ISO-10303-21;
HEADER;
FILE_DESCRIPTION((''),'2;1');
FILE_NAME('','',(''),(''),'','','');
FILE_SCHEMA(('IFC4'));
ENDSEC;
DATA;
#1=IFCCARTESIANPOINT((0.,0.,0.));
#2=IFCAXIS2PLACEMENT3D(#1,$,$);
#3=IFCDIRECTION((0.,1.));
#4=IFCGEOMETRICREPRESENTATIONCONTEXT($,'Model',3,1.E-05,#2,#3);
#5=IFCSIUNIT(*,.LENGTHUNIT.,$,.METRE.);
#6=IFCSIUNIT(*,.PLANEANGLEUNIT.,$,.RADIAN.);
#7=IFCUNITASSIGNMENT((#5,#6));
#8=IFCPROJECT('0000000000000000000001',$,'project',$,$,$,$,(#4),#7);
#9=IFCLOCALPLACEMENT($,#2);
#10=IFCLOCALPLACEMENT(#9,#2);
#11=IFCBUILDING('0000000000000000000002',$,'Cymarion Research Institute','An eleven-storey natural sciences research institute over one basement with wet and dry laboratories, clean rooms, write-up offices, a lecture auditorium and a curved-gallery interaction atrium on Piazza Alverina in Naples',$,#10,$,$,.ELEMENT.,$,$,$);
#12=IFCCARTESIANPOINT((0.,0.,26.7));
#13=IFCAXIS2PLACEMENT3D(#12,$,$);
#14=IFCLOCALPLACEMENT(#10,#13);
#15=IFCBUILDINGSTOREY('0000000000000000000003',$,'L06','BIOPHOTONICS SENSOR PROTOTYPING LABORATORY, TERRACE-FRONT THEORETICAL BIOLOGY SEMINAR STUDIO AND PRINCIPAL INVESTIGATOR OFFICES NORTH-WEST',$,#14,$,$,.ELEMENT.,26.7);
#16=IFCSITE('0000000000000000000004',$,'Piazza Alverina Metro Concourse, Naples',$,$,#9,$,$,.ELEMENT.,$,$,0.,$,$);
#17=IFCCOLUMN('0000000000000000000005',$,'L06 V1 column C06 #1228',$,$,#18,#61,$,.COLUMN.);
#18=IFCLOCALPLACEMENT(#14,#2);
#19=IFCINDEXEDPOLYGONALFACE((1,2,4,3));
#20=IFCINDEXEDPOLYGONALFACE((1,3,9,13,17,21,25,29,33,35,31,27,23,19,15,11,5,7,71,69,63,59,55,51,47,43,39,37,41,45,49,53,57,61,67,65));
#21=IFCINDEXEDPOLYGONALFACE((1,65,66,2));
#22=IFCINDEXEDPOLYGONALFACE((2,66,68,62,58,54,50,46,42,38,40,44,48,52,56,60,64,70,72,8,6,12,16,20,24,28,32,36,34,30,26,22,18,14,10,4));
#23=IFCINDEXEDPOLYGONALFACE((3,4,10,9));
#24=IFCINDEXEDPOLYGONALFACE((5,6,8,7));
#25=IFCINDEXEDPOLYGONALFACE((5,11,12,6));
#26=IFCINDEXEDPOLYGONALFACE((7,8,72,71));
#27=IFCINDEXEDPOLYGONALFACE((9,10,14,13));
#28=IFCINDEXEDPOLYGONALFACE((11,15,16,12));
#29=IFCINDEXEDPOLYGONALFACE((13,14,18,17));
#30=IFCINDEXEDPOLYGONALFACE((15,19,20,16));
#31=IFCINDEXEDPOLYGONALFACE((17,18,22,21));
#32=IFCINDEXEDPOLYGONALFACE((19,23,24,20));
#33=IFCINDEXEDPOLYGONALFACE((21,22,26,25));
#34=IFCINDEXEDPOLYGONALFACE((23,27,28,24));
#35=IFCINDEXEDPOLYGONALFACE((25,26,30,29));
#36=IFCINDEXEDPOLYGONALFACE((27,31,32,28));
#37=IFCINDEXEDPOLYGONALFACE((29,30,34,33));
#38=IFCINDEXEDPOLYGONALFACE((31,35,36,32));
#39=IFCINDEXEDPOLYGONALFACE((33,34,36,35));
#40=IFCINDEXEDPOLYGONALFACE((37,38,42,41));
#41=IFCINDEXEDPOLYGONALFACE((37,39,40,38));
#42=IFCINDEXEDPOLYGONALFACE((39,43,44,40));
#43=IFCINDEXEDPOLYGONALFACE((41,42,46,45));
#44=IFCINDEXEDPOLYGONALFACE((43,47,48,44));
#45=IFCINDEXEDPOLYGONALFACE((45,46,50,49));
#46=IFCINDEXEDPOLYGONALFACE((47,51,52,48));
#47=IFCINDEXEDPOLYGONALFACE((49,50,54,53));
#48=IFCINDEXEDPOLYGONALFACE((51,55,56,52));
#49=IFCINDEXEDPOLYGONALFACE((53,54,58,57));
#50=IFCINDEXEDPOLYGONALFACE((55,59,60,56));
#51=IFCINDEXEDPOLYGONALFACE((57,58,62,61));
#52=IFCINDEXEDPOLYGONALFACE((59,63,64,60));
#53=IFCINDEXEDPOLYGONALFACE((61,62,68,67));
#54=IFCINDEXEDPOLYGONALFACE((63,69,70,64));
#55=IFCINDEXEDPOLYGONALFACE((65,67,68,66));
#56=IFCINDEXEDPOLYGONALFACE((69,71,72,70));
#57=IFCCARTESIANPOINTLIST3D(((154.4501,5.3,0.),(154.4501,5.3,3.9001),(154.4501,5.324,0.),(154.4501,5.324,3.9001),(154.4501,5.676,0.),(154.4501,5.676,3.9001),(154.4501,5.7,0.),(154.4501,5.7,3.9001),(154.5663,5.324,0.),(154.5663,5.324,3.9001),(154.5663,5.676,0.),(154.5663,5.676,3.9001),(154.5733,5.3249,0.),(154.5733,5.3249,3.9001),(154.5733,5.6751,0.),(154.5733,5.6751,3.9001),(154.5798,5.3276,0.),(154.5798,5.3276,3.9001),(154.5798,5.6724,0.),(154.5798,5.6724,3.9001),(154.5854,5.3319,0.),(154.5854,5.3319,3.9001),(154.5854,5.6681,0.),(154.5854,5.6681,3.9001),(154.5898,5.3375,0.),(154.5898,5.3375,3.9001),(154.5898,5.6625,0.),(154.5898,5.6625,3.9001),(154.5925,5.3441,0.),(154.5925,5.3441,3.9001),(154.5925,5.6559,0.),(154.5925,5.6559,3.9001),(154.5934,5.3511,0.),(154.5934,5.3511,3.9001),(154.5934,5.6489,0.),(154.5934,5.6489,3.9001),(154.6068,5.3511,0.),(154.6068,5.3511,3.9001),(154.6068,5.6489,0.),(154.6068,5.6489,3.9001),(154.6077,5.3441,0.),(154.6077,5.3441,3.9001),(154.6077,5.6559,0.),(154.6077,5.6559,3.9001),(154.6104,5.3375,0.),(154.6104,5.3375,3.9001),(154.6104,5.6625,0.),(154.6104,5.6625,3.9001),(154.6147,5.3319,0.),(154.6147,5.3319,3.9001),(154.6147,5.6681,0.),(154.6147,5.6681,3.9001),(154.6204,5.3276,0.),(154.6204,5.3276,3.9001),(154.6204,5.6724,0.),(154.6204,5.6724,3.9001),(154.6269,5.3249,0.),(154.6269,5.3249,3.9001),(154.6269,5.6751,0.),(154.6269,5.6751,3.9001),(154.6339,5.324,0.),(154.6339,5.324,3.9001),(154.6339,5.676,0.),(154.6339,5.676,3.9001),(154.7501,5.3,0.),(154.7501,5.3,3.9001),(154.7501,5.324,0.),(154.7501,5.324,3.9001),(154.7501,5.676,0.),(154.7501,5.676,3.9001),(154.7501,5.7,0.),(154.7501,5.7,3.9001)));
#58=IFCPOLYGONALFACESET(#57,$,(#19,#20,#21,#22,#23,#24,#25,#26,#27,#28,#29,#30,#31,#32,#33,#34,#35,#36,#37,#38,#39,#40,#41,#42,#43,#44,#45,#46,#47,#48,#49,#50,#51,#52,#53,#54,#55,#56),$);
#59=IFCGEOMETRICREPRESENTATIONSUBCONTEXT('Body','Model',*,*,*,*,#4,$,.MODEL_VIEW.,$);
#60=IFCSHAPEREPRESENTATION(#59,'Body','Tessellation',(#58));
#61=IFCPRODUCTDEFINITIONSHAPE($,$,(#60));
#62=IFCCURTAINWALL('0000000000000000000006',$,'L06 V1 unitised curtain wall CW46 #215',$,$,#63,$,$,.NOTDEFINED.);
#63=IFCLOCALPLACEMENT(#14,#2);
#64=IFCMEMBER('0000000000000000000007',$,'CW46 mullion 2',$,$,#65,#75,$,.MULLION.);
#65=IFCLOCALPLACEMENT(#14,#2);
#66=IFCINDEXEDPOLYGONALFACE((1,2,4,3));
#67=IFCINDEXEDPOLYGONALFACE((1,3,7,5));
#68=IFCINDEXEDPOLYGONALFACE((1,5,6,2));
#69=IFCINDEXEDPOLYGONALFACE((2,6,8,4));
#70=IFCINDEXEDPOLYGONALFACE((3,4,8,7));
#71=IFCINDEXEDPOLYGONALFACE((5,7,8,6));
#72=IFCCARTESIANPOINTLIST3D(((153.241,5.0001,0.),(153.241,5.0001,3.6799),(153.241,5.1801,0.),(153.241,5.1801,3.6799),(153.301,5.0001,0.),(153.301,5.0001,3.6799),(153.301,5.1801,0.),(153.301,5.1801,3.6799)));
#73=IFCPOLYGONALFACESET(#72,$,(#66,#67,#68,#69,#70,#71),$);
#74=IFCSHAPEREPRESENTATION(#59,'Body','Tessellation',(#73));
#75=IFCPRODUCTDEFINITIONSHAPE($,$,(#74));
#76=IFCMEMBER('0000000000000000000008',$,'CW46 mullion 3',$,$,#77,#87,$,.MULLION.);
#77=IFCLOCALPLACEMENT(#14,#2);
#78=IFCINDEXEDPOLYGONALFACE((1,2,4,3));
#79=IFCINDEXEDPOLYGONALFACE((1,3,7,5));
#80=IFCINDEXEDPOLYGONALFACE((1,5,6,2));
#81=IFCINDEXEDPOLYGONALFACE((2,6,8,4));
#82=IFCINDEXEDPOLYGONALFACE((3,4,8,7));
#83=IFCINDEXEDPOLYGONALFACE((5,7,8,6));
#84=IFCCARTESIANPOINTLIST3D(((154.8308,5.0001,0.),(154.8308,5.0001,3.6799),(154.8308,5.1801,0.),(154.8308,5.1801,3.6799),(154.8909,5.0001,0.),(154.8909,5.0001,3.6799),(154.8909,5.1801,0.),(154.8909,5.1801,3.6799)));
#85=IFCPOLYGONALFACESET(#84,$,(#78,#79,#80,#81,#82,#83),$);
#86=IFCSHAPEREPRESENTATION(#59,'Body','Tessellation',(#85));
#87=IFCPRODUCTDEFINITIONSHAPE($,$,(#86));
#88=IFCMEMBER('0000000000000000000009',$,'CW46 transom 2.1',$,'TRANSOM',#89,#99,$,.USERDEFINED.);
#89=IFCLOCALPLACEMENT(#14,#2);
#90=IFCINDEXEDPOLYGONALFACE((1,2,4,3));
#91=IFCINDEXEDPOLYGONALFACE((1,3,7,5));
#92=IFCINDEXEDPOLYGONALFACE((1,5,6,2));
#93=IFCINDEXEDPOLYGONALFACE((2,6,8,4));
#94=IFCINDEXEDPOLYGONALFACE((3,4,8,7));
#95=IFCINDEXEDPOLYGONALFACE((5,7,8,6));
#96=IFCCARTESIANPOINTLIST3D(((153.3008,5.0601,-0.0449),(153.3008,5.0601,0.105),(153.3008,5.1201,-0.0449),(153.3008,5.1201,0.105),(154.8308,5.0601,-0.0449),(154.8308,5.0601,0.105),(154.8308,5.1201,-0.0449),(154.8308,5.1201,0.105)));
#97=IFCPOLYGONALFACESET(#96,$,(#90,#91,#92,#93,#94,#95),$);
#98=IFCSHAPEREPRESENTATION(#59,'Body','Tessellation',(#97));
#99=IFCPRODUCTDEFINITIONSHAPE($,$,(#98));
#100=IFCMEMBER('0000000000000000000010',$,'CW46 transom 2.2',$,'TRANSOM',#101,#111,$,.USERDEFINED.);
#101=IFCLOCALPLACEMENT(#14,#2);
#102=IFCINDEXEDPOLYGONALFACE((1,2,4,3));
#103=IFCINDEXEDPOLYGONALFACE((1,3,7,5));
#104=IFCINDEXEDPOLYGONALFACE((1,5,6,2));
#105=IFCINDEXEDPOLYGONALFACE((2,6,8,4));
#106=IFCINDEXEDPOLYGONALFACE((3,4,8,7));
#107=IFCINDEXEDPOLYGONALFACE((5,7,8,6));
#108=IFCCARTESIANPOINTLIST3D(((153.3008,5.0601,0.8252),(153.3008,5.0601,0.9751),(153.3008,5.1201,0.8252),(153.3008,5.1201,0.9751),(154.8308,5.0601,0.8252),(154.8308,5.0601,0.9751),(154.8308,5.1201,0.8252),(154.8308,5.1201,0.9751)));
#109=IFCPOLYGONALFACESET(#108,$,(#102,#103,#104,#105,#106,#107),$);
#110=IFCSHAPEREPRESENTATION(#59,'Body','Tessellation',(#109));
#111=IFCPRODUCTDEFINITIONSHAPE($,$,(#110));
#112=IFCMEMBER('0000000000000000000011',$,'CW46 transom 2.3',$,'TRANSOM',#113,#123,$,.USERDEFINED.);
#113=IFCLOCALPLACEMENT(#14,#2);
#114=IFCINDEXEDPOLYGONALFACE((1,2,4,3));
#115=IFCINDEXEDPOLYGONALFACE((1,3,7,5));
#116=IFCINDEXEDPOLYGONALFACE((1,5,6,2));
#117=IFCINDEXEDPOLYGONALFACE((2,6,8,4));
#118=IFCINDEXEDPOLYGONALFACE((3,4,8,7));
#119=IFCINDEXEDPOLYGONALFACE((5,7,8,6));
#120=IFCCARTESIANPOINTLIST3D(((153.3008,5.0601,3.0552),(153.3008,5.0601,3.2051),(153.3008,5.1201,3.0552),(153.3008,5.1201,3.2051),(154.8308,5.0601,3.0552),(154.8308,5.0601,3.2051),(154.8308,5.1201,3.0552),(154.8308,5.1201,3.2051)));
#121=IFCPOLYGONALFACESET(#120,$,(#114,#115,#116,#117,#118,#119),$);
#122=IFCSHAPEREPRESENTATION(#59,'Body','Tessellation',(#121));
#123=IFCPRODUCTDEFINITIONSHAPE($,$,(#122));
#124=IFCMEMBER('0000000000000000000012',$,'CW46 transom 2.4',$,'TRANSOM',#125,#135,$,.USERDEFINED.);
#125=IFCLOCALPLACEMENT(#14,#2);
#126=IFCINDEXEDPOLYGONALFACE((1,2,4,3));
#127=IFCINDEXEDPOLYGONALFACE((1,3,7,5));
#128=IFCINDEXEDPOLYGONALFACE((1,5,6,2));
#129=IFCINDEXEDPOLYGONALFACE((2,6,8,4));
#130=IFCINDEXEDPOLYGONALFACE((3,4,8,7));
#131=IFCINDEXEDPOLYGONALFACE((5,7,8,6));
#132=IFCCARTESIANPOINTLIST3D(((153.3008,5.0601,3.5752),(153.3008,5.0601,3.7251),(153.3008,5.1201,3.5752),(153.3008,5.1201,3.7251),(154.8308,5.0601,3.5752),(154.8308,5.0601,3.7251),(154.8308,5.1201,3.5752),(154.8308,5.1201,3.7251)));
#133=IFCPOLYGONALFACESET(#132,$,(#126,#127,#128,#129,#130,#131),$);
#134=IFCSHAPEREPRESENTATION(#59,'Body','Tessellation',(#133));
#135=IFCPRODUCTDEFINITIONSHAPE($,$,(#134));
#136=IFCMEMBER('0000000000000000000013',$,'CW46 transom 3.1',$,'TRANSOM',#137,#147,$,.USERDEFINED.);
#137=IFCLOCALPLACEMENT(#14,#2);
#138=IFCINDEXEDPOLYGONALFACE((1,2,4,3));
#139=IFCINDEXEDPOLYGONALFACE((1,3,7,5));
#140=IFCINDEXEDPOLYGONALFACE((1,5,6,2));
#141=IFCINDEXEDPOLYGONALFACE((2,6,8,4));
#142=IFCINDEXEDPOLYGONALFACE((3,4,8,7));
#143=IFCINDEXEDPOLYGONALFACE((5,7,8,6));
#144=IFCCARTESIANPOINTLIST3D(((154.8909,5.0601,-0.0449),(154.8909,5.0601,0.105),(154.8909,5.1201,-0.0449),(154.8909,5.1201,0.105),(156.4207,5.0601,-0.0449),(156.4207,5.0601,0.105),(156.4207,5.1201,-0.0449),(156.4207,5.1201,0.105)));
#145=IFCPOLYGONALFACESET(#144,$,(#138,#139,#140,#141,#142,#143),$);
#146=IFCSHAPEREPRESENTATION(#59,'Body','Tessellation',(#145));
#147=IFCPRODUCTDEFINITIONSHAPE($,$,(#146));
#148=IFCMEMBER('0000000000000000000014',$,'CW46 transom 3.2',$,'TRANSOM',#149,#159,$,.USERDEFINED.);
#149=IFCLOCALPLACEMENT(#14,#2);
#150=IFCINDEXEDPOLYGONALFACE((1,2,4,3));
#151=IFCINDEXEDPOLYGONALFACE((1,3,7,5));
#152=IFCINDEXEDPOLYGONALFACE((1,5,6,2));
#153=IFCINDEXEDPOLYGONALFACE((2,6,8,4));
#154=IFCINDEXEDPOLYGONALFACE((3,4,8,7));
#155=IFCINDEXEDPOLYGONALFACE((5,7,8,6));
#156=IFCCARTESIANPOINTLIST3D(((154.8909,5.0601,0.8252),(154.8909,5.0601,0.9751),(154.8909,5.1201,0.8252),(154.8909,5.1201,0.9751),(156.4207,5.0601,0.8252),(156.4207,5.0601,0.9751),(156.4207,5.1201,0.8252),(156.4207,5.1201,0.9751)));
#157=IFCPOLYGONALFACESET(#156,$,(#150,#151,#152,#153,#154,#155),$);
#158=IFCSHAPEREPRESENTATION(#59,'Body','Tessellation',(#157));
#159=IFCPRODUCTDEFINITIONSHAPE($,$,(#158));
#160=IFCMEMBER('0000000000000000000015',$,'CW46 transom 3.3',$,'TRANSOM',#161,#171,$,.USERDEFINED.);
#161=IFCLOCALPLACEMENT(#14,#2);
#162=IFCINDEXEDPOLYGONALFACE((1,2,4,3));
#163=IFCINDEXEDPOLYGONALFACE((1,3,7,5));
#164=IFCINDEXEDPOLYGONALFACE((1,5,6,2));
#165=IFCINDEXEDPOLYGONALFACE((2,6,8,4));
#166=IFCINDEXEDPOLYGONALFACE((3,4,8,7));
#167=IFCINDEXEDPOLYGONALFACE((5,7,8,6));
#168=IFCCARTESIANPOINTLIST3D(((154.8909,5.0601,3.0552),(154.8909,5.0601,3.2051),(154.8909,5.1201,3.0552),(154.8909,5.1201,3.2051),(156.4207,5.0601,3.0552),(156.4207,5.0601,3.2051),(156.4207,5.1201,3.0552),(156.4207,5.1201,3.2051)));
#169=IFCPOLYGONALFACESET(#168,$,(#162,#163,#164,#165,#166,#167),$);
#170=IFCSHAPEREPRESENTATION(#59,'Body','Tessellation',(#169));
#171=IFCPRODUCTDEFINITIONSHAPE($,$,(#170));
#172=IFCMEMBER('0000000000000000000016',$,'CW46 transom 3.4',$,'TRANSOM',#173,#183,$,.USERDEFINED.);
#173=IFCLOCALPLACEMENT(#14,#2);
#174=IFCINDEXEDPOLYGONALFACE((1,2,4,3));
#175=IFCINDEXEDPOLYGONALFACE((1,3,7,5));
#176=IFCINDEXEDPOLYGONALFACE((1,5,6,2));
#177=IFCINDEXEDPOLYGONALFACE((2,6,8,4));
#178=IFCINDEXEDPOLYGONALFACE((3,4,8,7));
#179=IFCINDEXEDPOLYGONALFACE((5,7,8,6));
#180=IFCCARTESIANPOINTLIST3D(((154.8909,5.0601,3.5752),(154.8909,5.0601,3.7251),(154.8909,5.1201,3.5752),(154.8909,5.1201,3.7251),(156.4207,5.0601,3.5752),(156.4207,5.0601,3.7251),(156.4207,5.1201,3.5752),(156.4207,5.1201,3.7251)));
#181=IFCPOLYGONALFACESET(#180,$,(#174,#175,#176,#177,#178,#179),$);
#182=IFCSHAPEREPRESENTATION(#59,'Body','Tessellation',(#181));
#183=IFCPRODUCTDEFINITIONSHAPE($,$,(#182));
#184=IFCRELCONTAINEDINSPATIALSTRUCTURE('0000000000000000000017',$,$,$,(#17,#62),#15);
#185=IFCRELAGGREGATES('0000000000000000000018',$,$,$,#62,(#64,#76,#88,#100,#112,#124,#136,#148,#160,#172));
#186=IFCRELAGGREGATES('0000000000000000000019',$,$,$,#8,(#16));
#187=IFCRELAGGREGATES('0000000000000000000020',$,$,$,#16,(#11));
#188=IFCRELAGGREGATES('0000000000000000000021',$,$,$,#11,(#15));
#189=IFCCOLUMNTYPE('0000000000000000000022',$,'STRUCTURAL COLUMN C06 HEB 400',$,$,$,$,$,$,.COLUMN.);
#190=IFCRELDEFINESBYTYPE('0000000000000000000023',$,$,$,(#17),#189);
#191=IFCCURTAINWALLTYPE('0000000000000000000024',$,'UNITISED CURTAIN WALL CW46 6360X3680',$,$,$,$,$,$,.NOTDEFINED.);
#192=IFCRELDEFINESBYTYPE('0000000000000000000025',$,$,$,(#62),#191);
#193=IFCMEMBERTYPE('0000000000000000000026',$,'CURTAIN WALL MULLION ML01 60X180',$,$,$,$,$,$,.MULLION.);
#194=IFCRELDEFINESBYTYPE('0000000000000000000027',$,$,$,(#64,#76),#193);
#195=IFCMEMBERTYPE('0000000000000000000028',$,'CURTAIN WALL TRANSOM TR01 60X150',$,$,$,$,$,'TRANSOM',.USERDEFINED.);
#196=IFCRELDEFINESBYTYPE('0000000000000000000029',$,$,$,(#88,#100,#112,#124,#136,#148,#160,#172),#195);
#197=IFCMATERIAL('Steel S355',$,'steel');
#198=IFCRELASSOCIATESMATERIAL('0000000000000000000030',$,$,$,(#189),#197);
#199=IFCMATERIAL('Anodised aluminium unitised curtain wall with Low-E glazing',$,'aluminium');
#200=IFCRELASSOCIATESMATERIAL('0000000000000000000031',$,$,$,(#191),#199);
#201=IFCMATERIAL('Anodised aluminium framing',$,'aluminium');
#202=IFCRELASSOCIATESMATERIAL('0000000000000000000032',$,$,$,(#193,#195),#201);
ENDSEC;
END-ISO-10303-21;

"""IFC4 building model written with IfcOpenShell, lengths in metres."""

from ifc_helpers import new_model, si_unit, direction, frame, origin, origin_2d, place, context, subcontext, project, spatial, rectangle, i_section, extrude, material, material_profile, profile_set, type_object, element, aggregate, save


model = new_model("IFC4")

# Units and contexts
model_context = context("Model", 3, precision=1e-05, world=origin(), true_north=direction((0.0, 1.0)))
body_context = subcontext(model_context, "Body", "Model", "MODEL_VIEW")
ifc_project = project(units=[si_unit("LENGTHUNIT", "METRE"), si_unit("PLANEANGLEUNIT", "RADIAN")], contexts=[model_context])

# Site, building, storey
site_placement = place(None, origin())
site = spatial("IfcSite", under=ifc_project, at=site_placement, Name="Piazza Alverina Metro Concourse, Naples", CompositionType="ELEMENT", RefElevation=0.0)
building_placement = place(site_placement, origin())
building = spatial("IfcBuilding", under=site, at=building_placement, Name="Cymarion Research Institute", Description="An eleven-storey natural sciences research institute over one basement with wet and dry laboratories, clean rooms, write-up offices, a lecture auditorium and a curved-gallery interaction atrium on Piazza Alverina in Naples", CompositionType="ELEMENT")
storey_placement = place(building_placement, frame((0.0, 0.0, 26.7)))
storey = spatial("IfcBuildingStorey", under=building, at=storey_placement, Name="L06", Description="BIOPHOTONICS SENSOR PROTOTYPING LABORATORY, TERRACE-FRONT THEORETICAL BIOLOGY SEMINAR STUDIO AND PRINCIPAL INVESTIGATOR OFFICES NORTH-WEST", CompositionType="ELEMENT", Elevation=26.7)

# Column
ifc_material_1 = material(Name="Steel S355", Category="steel")
ifc_material_profile_1 = material_profile(ifc_material_1, i_section(OverallWidth=0.3, OverallDepth=0.3999, WebThickness=0.0134, FlangeThickness=0.0239, FilletRadius=0.0271, at=origin_2d()), Name="HEB 400")
ifc_profile_set_1 = profile_set([ifc_material_profile_1], Name="Steel S355")
column_type = type_object("IfcColumnType", Name="STRUCTURAL COLUMN C06 HEB 400", PredefinedType="COLUMN", material=ifc_profile_set_1)
column_placement = place(storey_placement, frame((154.6001, 5.5, 0.0), z_axis=(0.0, 0.0, 1.0), x_axis=(1.0, 0.0, 0.0)))
element("IfcColumn", 1, at=column_placement, inside=storey, type_object=column_type, Name="L06 V1 column C06 #1228", PredefinedType="COLUMN", context=body_context, shape_type="SweptSolid", body=[
    extrude(i_section(OverallWidth=0.3, OverallDepth=0.3999, WebThickness=0.0134, FlangeThickness=0.0239, FilletRadius=0.0271, at=origin_2d()), origin(), (0.0, 0.0, 1.0), 3.9001),
])

# Curtain wall, members
ifc_material_2 = material(Name="Anodised aluminium unitised curtain wall with Low-E glazing", Category="aluminium")
curtain_wall_type = type_object("IfcCurtainWallType", Name="UNITISED CURTAIN WALL CW46 6360X3680", PredefinedType="NOTDEFINED", material=ifc_material_2)
curtain_wall_placement = place(storey_placement, origin())
curtain_wall = element("IfcCurtainWall", 2, at=curtain_wall_placement, inside=storey, type_object=curtain_wall_type, Name="L06 V1 unitised curtain wall CW46 #215", PredefinedType="NOTDEFINED")
ifc_material_3 = material(Name="Anodised aluminium framing", Category="aluminium")
ifc_material_profile_2 = material_profile(ifc_material_3, rectangle(XDim=0.0601, YDim=0.1799, at=origin_2d()), Name="ALU MULLION 60x180")
ifc_profile_set_2 = profile_set([ifc_material_profile_2], Name="Anodised aluminium framing")
member_type_1 = type_object("IfcMemberType", Name="CURTAIN WALL MULLION ML01 60X180", PredefinedType="MULLION", material=ifc_profile_set_2)
member_1_placement = place(storey_placement, frame((153.271, 5.0901, 0.0), z_axis=(0.0, 0.0, 1.0), x_axis=(1.0, 0.0, 0.0)))
member_1 = element("IfcMember", 3, at=member_1_placement, type_object=member_type_1, Name="CW46 mullion 2", PredefinedType="MULLION", context=body_context, shape_type="SweptSolid", body=[
    extrude(rectangle(XDim=0.0601, YDim=0.1799, at=origin_2d()), origin(), (0.0, 0.0, 1.0), 3.6799),
])
member_2_placement = place(storey_placement, frame((154.8608, 5.0901, 0.0), z_axis=(0.0, 0.0, 1.0), x_axis=(1.0, 0.0, 0.0)))
member_2 = element("IfcMember", 4, at=member_2_placement, type_object=member_type_1, Name="CW46 mullion 3", PredefinedType="MULLION", context=body_context, shape_type="SweptSolid", body=[
    extrude(rectangle(XDim=0.0601, YDim=0.1799, at=origin_2d()), origin(), (0.0, 0.0, 1.0), 3.6799),
])
ifc_material_profile_3 = material_profile(ifc_material_3, rectangle(XDim=0.0601, YDim=0.1499, at=origin_2d()), Name="ALU TRANSOM 60x150")
ifc_profile_set_3 = profile_set([ifc_material_profile_3], Name="Anodised aluminium framing")
member_type_2 = type_object("IfcMemberType", Name="CURTAIN WALL TRANSOM TR01 60X150", ElementType="TRANSOM", PredefinedType="USERDEFINED", material=ifc_profile_set_3)
member_3_placement = place(storey_placement, frame((153.3008, 5.0901, 0.03), z_axis=(1.0, 0.0, 0.0), x_axis=(0.0, 1.0, 0.0)))
member_3 = element("IfcMember", 5, at=member_3_placement, type_object=member_type_2, Name="CW46 transom 2.1", ObjectType="TRANSOM", PredefinedType="USERDEFINED", context=body_context, shape_type="SweptSolid", body=[
    extrude(rectangle(XDim=0.0601, YDim=0.1499, at=origin_2d()), origin(), (0.0, 0.0, 1.0), 1.53),
])
member_4_placement = place(storey_placement, frame((153.3008, 5.0901, 0.9001), z_axis=(1.0, 0.0, 0.0), x_axis=(0.0, 1.0, 0.0)))
member_4 = element("IfcMember", 6, at=member_4_placement, type_object=member_type_2, Name="CW46 transom 2.2", ObjectType="TRANSOM", PredefinedType="USERDEFINED", context=body_context, shape_type="SweptSolid", body=[
    extrude(rectangle(XDim=0.0601, YDim=0.1499, at=origin_2d()), origin(), (0.0, 0.0, 1.0), 1.53),
])
member_5_placement = place(storey_placement, frame((153.3008, 5.0901, 3.1301), z_axis=(1.0, 0.0, 0.0), x_axis=(0.0, 1.0, 0.0)))
member_5 = element("IfcMember", 7, at=member_5_placement, type_object=member_type_2, Name="CW46 transom 2.3", ObjectType="TRANSOM", PredefinedType="USERDEFINED", context=body_context, shape_type="SweptSolid", body=[
    extrude(rectangle(XDim=0.0601, YDim=0.1499, at=origin_2d()), origin(), (0.0, 0.0, 1.0), 1.53),
])
member_6_placement = place(storey_placement, frame((153.3008, 5.0901, 3.6501), z_axis=(1.0, 0.0, 0.0), x_axis=(0.0, 1.0, 0.0)))
member_6 = element("IfcMember", 8, at=member_6_placement, type_object=member_type_2, Name="CW46 transom 2.4", ObjectType="TRANSOM", PredefinedType="USERDEFINED", context=body_context, shape_type="SweptSolid", body=[
    extrude(rectangle(XDim=0.0601, YDim=0.1499, at=origin_2d()), origin(), (0.0, 0.0, 1.0), 1.53),
])
member_7_placement = place(storey_placement, frame((154.8909, 5.0901, 0.03), z_axis=(1.0, 0.0, 0.0), x_axis=(0.0, 1.0, 0.0)))
member_7 = element("IfcMember", 9, at=member_7_placement, type_object=member_type_2, Name="CW46 transom 3.1", ObjectType="TRANSOM", PredefinedType="USERDEFINED", context=body_context, shape_type="SweptSolid", body=[
    extrude(rectangle(XDim=0.0601, YDim=0.1499, at=origin_2d()), origin(), (0.0, 0.0, 1.0), 1.5298),
])
member_8_placement = place(storey_placement, frame((154.8909, 5.0901, 0.9001), z_axis=(1.0, 0.0, 0.0), x_axis=(0.0, 1.0, 0.0)))
member_8 = element("IfcMember", 10, at=member_8_placement, type_object=member_type_2, Name="CW46 transom 3.2", ObjectType="TRANSOM", PredefinedType="USERDEFINED", context=body_context, shape_type="SweptSolid", body=[
    extrude(rectangle(XDim=0.0601, YDim=0.1499, at=origin_2d()), origin(), (0.0, 0.0, 1.0), 1.5298),
])
member_9_placement = place(storey_placement, frame((154.8909, 5.0901, 3.1301), z_axis=(1.0, 0.0, 0.0), x_axis=(0.0, 1.0, 0.0)))
member_9 = element("IfcMember", 11, at=member_9_placement, type_object=member_type_2, Name="CW46 transom 3.3", ObjectType="TRANSOM", PredefinedType="USERDEFINED", context=body_context, shape_type="SweptSolid", body=[
    extrude(rectangle(XDim=0.0601, YDim=0.1499, at=origin_2d()), origin(), (0.0, 0.0, 1.0), 1.5298),
])
member_10_placement = place(storey_placement, frame((154.8909, 5.0901, 3.6501), z_axis=(1.0, 0.0, 0.0), x_axis=(0.0, 1.0, 0.0)))
member_10 = element("IfcMember", 12, at=member_10_placement, type_object=member_type_2, Name="CW46 transom 3.4", ObjectType="TRANSOM", PredefinedType="USERDEFINED", context=body_context, shape_type="SweptSolid", body=[
    extrude(rectangle(XDim=0.0601, YDim=0.1499, at=origin_2d()), origin(), (0.0, 0.0, 1.0), 1.5298),
])

aggregate(curtain_wall, [member_1, member_2, member_3, member_4, member_5, member_6, member_7, member_8, member_9, member_10])

save(model, "model.ifc")
